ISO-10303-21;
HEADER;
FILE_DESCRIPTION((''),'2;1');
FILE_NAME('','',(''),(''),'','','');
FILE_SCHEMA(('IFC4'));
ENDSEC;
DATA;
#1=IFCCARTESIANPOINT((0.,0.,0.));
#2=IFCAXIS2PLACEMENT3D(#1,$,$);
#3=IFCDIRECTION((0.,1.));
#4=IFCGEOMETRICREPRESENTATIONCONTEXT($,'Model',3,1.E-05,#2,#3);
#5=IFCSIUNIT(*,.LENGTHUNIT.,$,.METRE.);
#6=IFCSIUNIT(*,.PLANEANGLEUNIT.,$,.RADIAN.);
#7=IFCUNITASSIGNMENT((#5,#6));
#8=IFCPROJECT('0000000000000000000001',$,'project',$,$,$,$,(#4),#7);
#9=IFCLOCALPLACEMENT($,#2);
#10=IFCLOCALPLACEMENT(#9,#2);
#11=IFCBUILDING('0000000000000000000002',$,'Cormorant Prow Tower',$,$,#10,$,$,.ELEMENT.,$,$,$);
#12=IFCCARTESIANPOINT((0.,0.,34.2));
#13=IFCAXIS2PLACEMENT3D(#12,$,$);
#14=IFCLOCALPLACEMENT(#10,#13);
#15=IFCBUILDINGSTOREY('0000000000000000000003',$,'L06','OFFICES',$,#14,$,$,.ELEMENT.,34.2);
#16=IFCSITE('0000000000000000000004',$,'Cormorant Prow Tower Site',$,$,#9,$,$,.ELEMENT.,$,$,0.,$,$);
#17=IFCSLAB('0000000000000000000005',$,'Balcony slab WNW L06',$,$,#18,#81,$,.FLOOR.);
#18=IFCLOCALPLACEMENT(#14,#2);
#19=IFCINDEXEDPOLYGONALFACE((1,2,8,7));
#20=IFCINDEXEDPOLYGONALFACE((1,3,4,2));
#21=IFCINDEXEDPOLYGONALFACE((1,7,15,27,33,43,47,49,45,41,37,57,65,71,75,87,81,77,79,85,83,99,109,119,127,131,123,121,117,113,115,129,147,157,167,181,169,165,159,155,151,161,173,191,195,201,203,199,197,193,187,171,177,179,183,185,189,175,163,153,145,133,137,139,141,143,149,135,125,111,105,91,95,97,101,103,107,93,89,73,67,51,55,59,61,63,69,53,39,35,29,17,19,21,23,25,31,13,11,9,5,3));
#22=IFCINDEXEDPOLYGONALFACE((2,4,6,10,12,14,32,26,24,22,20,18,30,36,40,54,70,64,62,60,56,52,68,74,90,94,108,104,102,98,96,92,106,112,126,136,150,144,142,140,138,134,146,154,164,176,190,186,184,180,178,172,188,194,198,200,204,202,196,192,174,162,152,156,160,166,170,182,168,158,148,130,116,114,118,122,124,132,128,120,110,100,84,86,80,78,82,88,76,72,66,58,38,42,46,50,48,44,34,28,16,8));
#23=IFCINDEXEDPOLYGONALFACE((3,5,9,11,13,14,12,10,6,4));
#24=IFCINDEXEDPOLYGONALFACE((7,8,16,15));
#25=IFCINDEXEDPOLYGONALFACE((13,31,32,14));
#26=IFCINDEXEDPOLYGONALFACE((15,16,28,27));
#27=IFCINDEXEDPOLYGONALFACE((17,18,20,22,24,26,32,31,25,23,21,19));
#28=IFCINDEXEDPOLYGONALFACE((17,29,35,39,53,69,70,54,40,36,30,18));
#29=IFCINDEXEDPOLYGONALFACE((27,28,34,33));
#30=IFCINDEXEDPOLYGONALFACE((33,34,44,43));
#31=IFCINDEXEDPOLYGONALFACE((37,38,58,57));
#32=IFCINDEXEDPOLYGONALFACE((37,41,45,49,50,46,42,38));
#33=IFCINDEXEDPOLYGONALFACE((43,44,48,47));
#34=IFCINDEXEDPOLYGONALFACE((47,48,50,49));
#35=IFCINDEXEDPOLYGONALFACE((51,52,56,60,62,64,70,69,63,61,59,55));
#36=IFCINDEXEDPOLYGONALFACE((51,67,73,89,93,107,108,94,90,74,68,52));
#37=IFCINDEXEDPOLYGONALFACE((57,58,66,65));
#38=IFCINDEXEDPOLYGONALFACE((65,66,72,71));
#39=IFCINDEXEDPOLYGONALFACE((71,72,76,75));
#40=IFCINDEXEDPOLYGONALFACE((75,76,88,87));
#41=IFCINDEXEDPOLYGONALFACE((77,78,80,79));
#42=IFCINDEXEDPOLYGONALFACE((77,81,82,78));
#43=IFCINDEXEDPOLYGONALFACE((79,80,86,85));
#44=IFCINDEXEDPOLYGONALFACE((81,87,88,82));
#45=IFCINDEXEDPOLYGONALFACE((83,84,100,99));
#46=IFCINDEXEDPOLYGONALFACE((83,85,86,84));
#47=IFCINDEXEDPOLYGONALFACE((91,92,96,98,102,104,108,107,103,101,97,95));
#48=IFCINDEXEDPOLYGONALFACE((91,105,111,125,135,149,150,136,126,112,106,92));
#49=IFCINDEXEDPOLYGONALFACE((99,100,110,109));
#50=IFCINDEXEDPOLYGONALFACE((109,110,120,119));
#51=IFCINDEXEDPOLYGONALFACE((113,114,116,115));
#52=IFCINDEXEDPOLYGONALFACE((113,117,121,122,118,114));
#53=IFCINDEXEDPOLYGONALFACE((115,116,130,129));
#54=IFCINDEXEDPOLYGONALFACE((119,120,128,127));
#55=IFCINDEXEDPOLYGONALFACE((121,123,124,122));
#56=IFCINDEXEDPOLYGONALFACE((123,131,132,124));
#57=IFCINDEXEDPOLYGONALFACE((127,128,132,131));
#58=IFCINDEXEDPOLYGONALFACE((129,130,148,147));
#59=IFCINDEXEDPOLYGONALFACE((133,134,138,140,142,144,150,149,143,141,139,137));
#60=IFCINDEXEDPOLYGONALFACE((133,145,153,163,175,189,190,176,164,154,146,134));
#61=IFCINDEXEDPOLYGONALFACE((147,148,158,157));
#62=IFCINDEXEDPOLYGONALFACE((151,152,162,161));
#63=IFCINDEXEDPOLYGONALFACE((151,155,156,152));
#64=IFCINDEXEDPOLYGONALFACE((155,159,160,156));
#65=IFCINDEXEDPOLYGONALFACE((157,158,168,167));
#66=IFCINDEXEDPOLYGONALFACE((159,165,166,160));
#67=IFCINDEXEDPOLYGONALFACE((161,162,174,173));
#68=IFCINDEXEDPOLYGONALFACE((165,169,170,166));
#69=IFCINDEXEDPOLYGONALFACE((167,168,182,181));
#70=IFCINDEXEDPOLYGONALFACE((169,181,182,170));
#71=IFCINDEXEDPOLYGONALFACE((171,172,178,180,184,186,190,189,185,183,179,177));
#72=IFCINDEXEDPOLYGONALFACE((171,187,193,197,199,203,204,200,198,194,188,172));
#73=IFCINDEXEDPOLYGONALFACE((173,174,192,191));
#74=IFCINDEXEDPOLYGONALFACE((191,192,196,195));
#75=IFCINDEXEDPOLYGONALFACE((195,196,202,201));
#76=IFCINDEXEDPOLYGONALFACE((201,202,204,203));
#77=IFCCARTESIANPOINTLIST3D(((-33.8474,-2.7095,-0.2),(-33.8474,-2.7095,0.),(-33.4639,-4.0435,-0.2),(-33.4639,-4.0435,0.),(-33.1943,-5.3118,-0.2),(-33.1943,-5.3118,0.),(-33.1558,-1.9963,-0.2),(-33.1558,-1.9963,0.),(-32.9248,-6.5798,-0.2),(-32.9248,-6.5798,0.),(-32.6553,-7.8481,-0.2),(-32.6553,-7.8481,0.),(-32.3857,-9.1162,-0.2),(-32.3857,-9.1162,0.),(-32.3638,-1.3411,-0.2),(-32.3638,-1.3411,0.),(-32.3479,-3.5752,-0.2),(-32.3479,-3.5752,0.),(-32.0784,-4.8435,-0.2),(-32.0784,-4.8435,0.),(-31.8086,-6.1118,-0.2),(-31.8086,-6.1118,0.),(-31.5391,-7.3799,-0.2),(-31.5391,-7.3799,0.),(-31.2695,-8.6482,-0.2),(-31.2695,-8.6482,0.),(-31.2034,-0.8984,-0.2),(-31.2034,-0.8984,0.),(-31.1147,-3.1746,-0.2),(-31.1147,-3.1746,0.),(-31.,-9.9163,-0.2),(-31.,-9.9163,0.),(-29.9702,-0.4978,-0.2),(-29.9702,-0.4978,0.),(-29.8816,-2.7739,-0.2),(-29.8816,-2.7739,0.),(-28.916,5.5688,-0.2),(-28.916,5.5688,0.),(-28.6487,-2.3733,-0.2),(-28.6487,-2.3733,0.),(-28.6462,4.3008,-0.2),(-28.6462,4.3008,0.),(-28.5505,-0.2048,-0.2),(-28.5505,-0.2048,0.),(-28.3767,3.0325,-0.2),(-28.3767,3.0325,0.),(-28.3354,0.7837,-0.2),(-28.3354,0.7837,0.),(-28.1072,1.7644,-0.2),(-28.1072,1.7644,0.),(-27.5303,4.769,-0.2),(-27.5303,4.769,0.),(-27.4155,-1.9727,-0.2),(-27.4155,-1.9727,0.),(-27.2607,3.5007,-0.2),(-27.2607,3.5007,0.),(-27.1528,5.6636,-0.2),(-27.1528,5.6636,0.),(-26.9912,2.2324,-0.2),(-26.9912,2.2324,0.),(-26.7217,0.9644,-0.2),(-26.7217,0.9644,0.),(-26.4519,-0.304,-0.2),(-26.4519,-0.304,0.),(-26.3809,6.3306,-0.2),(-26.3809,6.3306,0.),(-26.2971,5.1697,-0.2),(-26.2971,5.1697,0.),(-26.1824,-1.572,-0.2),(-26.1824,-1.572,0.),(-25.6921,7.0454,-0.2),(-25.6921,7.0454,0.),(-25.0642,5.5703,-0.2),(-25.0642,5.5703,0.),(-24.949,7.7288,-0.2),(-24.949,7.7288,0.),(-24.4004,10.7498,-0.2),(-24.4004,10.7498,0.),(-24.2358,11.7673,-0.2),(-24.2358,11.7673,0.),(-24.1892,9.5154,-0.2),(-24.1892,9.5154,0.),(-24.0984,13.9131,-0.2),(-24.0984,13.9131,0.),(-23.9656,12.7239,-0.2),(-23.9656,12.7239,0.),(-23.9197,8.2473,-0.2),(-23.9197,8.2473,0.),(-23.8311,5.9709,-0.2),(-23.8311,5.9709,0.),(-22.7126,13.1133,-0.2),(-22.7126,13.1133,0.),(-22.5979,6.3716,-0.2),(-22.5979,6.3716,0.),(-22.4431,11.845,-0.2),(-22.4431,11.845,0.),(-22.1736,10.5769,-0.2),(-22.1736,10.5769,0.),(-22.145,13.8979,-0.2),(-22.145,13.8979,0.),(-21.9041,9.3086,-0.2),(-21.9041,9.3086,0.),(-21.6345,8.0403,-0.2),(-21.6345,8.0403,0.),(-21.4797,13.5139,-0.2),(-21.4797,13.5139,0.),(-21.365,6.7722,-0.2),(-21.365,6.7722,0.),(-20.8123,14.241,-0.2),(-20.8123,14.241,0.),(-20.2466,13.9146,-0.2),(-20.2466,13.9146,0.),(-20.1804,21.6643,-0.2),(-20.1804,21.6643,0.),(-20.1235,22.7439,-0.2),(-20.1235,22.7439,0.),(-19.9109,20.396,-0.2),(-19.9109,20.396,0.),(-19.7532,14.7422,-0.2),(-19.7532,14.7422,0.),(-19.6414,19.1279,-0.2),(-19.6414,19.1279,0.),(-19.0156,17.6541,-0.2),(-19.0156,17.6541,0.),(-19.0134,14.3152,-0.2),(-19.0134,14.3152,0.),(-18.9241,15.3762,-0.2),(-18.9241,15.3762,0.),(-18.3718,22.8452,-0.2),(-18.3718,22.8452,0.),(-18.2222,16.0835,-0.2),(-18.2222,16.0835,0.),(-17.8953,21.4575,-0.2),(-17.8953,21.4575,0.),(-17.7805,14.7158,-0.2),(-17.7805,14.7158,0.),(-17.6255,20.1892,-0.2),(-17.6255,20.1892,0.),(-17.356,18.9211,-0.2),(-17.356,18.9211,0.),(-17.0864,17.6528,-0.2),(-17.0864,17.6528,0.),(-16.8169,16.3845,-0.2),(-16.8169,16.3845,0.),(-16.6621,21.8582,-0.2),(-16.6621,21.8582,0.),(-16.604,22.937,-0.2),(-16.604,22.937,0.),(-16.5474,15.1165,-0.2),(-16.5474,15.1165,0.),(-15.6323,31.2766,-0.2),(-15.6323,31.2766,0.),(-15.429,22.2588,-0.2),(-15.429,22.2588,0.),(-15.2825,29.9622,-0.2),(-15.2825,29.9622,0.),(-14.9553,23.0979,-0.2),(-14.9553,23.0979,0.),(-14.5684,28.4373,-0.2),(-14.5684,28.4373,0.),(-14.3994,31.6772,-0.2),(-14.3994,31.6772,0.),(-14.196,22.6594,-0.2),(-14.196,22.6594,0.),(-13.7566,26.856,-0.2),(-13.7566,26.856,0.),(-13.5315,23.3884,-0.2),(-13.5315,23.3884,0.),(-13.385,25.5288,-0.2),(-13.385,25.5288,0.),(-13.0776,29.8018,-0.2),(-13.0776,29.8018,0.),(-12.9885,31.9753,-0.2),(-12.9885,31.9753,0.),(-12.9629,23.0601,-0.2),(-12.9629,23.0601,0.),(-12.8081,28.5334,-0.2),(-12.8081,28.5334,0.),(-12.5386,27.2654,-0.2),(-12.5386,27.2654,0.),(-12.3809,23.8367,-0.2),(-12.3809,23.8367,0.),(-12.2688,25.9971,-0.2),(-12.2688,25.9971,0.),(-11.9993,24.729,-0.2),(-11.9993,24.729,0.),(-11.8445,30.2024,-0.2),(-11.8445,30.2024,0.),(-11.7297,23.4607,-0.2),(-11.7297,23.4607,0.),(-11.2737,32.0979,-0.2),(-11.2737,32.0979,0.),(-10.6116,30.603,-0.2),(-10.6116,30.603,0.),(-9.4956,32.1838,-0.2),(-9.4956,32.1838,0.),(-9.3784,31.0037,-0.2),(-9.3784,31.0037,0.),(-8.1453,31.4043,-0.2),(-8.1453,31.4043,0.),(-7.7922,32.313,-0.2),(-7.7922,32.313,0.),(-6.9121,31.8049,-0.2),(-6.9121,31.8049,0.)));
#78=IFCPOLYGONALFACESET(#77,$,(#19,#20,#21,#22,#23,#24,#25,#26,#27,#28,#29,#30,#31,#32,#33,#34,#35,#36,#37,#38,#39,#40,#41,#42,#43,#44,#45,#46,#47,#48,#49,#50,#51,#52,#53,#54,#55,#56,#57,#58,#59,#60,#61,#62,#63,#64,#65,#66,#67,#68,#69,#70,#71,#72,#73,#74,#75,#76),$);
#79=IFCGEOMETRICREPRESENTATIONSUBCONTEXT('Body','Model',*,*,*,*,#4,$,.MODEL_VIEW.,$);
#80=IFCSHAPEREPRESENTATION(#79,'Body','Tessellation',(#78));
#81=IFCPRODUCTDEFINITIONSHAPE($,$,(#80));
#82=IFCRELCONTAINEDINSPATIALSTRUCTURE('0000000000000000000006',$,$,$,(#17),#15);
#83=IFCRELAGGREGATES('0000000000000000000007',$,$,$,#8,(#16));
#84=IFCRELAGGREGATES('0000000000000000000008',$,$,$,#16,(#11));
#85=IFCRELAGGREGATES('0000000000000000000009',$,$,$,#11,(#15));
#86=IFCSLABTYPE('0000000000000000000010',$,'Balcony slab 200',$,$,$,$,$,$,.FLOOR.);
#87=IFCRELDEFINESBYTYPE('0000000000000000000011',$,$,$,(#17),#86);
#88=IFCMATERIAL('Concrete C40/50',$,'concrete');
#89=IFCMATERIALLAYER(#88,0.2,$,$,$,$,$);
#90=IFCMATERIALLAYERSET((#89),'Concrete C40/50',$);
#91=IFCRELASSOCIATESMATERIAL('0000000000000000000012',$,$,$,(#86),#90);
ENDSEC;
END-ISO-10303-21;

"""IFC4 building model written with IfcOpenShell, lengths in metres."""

from ifc_helpers import new_model, si_unit, direction, frame, origin, place, context, subcontext, project, spatial, polyline, outline, extrude, material, layer, layer_set, type_object, element, save


model = new_model("IFC4")

# Units and contexts
model_context = context("Model", 3, precision=1e-05, world=origin(), true_north=direction((0.0, 1.0)))
body_context = subcontext(model_context, "Body", "Model", "MODEL_VIEW")
ifc_project = project(units=[si_unit("LENGTHUNIT", "METRE"), si_unit("PLANEANGLEUNIT", "RADIAN")], contexts=[model_context])

# Site, building, storey
site_placement = place(None, origin())
site = spatial("IfcSite", under=ifc_project, at=site_placement, Name="Cormorant Prow Tower Site", CompositionType="ELEMENT", RefElevation=0.0)
building_placement = place(site_placement, origin())
building = spatial("IfcBuilding", under=site, at=building_placement, Name="Cormorant Prow Tower", CompositionType="ELEMENT")
storey_placement = place(building_placement, frame((0.0, 0.0, 34.2)))
storey = spatial("IfcBuildingStorey", under=building, at=storey_placement, Name="L06", Description="OFFICES", CompositionType="ELEMENT", Elevation=34.2)

# Slab
ifc_material_1 = material(Name="Concrete C40/50", Category="concrete")
ifc_layer_1 = layer(ifc_material_1, 0.2)
ifc_layer_set_1 = layer_set([ifc_layer_1], Name="Concrete C40/50")
slab_type_1 = type_object("IfcSlabType", Name="Balcony slab 200", PredefinedType="FLOOR", material=ifc_layer_set_1)
slab_1_placement = place(storey_placement, frame((0.0, 0.0, -0.2)))
element("IfcSlab", 1, at=slab_1_placement, inside=storey, type_object=slab_type_1, Name="Balcony slab WNW L06", PredefinedType="FLOOR", context=body_context, shape_type="SweptSolid", body=[
    extrude(outline(polyline([(-6.9121, 31.8049), (-7.7922, 32.313), (-9.4956, 32.1838), (-11.2737, 32.0979), (-12.9885, 31.9753), (-14.3994, 31.6772), (-15.6323, 31.2766), (-15.2825, 29.9622), (-14.5684, 28.4373), (-13.7566, 26.856), (-13.385, 25.5288), (-12.3809, 23.8367), (-13.5315, 23.3884), (-14.9553, 23.0979), (-16.604, 22.937), (-18.3718, 22.8452), (-20.1235, 22.7439), (-20.1804, 21.6643), (-19.9109, 20.396), (-19.6414, 19.1279), (-19.0156, 17.6541), (-18.2222, 16.0835), (-18.9241, 15.3762), (-19.7532, 14.7422), (-20.8123, 14.241), (-22.145, 13.8979), (-24.0984, 13.9131), (-23.9656, 12.7239), (-24.2358, 11.7673), (-24.4004, 10.7498), (-24.1892, 9.5154), (-23.9197, 8.2473), (-24.949, 7.7288), (-25.6921, 7.0454), (-26.3809, 6.3306), (-27.1528, 5.6636), (-28.916, 5.5688), (-28.6462, 4.3008), (-28.3767, 3.0325), (-28.1072, 1.7644), (-28.3354, 0.7837), (-28.5505, -0.2048), (-29.9702, -0.4978), (-31.2034, -0.8984), (-32.3638, -1.3411), (-33.1558, -1.9963), (-33.8474, -2.7095), (-33.4639, -4.0435), (-33.1943, -5.3118), (-32.9248, -6.5798), (-32.6553, -7.8481), (-32.3857, -9.1162), (-31.0, -9.9163), (-31.2695, -8.6482), (-31.5391, -7.3799), (-31.8086, -6.1118), (-32.0784, -4.8435), (-32.3479, -3.5752), (-31.1147, -3.1746), (-29.8816, -2.7739), (-28.6487, -2.3733), (-27.4155, -1.9727), (-26.1824, -1.572), (-26.4519, -0.304), (-26.7217, 0.9644), (-26.9912, 2.2324), (-27.2607, 3.5007), (-27.5303, 4.769), (-26.2971, 5.1697), (-25.0642, 5.5703), (-23.8311, 5.9709), (-22.5979, 6.3716), (-21.365, 6.7722), (-21.6345, 8.0403), (-21.9041, 9.3086), (-22.1736, 10.5769), (-22.4431, 11.845), (-22.7126, 13.1133), (-21.4797, 13.5139), (-20.2466, 13.9146), (-19.0134, 14.3152), (-17.7805, 14.7158), (-16.5474, 15.1165), (-16.8169, 16.3845), (-17.0864, 17.6528), (-17.356, 18.9211), (-17.6255, 20.1892), (-17.8953, 21.4575), (-16.6621, 21.8582), (-15.429, 22.2588), (-14.196, 22.6594), (-12.9629, 23.0601), (-11.7297, 23.4607), (-11.9993, 24.729), (-12.2688, 25.9971), (-12.5386, 27.2654), (-12.8081, 28.5334), (-13.0776, 29.8018), (-11.8445, 30.2024), (-10.6116, 30.603), (-9.3784, 31.0037), (-8.1453, 31.4043), (-6.9121, 31.8049)])), origin(), (0.0, 0.0, 1.0), 0.2),
])

save(model, "model.ifc")
